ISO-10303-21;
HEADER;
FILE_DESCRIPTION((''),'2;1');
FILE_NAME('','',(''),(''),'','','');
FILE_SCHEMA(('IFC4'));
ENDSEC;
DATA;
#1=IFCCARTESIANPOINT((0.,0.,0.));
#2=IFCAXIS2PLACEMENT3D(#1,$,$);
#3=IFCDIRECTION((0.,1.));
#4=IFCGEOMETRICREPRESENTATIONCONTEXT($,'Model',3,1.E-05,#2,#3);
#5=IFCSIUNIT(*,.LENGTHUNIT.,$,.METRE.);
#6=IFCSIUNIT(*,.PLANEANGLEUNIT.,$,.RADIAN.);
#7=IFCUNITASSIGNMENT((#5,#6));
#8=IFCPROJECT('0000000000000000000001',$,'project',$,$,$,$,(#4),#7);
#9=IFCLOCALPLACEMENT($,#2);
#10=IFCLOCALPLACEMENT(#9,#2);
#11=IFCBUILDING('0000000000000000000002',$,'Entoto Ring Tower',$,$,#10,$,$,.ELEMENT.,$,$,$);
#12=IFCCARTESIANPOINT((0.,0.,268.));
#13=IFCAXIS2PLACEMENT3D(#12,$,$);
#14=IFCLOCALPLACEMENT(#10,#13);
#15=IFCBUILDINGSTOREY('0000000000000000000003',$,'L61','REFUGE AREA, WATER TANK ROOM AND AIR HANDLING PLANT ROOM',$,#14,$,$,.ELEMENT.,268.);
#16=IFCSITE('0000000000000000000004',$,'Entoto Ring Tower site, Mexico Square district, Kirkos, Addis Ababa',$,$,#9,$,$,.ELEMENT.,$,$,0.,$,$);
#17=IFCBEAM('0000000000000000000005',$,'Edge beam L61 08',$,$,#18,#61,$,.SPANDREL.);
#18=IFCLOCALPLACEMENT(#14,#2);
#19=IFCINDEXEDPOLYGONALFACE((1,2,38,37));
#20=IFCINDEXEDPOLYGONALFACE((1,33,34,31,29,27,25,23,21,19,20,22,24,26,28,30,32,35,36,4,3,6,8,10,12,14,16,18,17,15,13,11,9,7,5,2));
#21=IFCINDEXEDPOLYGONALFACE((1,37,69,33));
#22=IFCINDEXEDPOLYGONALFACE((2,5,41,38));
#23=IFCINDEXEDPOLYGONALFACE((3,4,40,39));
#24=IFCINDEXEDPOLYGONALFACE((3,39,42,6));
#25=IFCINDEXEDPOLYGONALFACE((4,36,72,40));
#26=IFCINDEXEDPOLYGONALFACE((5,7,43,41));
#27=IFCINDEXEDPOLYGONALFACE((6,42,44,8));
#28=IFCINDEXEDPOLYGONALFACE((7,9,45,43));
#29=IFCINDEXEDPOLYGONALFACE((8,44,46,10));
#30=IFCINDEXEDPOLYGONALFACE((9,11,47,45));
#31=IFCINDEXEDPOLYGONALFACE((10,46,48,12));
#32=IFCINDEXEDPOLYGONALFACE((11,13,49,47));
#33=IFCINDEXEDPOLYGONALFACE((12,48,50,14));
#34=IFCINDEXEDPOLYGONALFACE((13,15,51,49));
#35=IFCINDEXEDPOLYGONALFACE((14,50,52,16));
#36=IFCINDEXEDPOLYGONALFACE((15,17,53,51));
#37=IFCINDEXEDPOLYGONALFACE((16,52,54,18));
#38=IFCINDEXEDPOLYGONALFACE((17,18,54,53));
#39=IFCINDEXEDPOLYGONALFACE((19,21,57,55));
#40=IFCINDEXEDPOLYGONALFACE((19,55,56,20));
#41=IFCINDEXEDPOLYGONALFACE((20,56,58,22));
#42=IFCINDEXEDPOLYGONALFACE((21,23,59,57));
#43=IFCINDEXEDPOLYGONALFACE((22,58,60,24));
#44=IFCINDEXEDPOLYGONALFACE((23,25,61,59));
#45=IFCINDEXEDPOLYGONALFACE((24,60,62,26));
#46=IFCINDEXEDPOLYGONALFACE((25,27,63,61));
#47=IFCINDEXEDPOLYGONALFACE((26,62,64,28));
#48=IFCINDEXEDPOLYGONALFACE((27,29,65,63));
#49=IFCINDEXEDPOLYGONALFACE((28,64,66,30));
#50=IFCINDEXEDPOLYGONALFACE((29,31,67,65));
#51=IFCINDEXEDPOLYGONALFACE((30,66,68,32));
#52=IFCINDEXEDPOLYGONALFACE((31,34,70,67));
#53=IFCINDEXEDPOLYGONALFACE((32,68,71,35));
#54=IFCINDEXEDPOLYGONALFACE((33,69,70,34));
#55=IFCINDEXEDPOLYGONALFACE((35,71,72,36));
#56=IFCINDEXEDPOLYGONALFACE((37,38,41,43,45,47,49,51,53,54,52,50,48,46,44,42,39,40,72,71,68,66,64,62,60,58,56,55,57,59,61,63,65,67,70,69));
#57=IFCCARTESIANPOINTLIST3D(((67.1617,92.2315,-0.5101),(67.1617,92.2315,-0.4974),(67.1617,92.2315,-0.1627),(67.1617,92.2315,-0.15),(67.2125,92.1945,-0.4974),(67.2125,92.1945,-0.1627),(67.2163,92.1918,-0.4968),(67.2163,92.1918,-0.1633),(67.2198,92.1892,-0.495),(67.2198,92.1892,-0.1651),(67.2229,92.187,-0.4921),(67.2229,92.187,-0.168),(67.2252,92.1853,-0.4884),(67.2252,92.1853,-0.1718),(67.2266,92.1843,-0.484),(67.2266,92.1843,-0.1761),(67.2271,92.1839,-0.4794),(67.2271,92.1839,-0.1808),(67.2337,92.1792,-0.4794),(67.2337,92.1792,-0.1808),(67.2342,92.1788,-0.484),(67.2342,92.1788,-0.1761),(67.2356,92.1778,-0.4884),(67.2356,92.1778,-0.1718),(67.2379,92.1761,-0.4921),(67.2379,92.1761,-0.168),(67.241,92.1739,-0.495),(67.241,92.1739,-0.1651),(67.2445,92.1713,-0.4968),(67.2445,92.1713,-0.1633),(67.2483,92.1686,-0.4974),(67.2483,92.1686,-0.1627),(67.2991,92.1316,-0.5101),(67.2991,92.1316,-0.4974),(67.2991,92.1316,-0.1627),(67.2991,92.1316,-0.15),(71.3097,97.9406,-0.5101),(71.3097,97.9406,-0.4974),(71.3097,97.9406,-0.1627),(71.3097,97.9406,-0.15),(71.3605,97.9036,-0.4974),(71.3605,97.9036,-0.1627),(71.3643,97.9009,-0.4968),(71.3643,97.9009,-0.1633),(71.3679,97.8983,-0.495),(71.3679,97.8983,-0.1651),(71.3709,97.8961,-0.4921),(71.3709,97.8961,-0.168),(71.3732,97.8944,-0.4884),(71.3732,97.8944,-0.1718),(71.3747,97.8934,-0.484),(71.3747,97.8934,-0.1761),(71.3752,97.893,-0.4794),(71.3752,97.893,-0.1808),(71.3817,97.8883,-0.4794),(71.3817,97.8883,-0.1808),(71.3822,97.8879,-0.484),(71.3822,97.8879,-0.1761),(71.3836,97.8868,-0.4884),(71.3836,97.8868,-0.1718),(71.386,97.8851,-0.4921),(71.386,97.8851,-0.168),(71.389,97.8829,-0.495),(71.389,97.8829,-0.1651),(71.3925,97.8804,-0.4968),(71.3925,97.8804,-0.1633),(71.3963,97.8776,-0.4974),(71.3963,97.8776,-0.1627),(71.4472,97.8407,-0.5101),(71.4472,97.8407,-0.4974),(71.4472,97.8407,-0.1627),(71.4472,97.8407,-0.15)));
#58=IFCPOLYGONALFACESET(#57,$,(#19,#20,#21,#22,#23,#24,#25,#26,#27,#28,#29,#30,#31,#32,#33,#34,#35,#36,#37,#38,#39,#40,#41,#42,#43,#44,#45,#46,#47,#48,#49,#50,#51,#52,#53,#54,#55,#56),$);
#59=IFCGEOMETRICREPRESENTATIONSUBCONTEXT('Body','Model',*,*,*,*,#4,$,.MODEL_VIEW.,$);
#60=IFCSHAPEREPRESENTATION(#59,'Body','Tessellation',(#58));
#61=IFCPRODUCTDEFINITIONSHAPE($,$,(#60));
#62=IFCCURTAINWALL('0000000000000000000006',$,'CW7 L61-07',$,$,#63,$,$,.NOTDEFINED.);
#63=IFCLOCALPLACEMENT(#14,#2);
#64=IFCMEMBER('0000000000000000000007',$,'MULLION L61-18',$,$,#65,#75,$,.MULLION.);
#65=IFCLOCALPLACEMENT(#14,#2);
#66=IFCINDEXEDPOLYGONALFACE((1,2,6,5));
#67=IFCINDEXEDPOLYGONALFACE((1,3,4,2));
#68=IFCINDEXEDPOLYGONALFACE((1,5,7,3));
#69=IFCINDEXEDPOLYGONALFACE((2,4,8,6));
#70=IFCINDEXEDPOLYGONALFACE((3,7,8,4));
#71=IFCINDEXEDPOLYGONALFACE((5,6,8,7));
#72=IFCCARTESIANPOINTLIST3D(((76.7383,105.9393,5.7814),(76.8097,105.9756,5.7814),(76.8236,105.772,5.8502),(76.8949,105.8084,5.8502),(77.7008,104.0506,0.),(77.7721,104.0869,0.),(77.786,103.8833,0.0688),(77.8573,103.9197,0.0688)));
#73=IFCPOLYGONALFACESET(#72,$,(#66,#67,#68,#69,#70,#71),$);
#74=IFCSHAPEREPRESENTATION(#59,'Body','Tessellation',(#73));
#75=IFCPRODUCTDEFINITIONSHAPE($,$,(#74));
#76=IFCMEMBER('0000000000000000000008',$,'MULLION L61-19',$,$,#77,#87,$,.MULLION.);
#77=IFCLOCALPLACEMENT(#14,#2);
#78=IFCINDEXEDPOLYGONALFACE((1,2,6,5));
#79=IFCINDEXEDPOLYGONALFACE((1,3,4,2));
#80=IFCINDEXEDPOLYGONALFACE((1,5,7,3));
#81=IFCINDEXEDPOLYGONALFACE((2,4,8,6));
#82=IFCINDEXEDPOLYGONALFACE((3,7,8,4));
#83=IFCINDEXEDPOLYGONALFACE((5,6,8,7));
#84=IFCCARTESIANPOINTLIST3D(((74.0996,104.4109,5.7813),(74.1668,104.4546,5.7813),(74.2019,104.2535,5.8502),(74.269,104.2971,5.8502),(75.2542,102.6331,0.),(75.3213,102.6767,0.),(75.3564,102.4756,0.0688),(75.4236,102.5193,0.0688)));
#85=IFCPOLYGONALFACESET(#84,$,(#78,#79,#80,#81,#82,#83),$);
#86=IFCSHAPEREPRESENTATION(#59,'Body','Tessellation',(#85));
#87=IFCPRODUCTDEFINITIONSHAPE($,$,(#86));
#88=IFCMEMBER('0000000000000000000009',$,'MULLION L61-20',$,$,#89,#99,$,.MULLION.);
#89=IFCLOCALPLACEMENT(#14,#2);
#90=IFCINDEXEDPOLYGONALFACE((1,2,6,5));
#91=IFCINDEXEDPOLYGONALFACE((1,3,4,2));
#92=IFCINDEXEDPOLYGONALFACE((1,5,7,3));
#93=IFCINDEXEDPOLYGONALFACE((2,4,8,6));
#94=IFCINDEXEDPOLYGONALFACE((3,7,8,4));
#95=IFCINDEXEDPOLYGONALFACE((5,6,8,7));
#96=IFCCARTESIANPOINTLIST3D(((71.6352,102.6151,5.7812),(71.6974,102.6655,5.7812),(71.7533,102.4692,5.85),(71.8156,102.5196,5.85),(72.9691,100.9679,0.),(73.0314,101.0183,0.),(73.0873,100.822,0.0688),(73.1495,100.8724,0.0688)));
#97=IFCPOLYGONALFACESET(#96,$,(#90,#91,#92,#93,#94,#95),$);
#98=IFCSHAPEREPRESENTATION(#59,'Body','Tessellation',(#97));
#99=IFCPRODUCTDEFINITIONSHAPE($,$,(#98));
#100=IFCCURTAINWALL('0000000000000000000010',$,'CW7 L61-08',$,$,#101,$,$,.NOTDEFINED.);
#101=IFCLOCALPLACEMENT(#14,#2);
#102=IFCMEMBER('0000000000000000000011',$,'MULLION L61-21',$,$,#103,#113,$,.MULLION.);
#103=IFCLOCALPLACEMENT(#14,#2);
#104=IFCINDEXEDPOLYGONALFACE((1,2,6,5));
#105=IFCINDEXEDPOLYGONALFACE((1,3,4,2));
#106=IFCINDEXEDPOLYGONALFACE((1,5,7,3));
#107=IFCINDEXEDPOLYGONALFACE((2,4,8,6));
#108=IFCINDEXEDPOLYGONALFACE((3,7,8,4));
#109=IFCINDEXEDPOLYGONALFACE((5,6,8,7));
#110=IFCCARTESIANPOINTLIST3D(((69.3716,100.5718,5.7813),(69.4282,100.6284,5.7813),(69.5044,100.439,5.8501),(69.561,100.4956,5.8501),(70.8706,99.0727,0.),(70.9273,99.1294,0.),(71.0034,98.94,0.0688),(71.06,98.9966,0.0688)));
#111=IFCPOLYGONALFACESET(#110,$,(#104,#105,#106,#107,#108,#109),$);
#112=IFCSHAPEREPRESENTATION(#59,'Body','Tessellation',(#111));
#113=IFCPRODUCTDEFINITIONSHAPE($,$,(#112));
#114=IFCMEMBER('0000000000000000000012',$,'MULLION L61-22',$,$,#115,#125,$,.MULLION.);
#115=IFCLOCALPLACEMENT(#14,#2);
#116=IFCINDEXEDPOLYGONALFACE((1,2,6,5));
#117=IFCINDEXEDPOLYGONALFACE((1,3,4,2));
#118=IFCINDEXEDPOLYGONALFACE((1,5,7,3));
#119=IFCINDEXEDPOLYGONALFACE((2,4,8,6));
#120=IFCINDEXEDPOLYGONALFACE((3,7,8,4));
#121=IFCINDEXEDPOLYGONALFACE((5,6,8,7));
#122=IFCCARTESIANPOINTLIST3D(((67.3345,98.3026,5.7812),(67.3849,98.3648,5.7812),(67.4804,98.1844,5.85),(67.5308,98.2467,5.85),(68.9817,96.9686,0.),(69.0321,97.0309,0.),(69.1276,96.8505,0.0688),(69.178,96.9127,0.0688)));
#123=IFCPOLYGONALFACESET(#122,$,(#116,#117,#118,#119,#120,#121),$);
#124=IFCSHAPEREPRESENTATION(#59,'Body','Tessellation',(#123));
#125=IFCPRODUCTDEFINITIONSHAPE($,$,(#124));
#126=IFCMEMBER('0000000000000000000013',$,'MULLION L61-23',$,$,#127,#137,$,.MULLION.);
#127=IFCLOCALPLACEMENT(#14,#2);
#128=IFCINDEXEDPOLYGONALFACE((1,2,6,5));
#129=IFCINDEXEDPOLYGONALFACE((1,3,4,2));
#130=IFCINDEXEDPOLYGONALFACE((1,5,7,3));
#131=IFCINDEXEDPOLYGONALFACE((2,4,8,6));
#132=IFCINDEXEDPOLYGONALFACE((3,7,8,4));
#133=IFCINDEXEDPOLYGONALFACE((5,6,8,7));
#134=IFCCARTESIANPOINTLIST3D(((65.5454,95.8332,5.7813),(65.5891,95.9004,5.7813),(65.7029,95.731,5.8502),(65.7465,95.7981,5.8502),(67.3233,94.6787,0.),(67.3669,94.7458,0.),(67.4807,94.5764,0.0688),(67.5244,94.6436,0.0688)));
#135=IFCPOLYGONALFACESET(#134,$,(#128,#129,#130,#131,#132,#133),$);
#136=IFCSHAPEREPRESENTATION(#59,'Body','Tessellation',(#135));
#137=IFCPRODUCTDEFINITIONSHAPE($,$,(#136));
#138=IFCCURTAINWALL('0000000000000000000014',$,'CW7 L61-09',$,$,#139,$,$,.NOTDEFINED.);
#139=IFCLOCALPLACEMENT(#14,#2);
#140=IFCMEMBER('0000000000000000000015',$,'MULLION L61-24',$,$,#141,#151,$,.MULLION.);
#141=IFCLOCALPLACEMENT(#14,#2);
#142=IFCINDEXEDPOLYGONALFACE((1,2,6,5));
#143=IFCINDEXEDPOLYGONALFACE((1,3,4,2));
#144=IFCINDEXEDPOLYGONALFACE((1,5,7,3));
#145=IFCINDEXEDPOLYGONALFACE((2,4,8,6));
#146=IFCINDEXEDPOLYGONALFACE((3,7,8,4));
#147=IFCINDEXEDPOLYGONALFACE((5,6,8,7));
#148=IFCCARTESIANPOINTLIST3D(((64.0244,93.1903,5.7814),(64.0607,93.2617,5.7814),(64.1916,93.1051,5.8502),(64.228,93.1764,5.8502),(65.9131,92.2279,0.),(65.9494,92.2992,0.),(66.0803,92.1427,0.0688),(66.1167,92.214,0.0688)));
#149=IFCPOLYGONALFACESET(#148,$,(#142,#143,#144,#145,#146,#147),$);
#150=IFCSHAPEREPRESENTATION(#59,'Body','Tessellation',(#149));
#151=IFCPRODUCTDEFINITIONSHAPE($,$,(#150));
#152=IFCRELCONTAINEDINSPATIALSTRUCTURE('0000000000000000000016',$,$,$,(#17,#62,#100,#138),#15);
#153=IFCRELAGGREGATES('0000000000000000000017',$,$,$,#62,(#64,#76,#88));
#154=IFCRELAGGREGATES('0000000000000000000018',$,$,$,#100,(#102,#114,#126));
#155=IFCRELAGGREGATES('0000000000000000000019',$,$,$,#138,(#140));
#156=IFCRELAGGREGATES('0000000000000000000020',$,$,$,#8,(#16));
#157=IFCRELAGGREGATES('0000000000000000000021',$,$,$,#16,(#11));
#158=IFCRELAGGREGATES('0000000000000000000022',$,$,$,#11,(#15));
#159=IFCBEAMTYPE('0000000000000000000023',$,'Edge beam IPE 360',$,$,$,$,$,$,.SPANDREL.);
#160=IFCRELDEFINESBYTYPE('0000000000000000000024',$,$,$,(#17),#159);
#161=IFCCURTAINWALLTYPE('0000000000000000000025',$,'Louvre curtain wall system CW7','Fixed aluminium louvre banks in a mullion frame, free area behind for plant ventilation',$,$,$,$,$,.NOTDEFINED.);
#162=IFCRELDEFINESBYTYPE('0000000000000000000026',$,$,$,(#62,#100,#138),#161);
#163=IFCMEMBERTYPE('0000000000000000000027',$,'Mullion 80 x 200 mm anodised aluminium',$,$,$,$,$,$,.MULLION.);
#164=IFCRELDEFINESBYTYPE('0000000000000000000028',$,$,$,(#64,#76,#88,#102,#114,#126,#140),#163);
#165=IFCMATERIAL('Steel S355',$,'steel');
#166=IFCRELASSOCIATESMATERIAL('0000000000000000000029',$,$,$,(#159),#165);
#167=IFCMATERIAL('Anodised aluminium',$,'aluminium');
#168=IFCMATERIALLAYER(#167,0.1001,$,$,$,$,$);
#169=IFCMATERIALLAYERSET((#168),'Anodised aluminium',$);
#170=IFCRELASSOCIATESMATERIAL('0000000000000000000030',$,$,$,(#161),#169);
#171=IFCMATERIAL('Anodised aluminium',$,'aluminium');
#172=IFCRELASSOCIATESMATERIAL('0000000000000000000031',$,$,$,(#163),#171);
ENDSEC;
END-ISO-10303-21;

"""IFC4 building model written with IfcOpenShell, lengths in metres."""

from ifc_helpers import new_model, si_unit, direction, frame, origin, origin_2d, place, context, subcontext, project, spatial, rectangle, i_section, extrude, material, layer, layer_set, material_profile, profile_set, type_object, element, aggregate, save


model = new_model("IFC4")

# Units and contexts
model_context = context("Model", 3, precision=1e-05, world=origin(), true_north=direction((0.0, 1.0)))
body_context = subcontext(model_context, "Body", "Model", "MODEL_VIEW")
ifc_project = project(units=[si_unit("LENGTHUNIT", "METRE"), si_unit("PLANEANGLEUNIT", "RADIAN")], contexts=[model_context])

# Site, building, storey
site_placement = place(None, origin())
site = spatial("IfcSite", under=ifc_project, at=site_placement, Name="Entoto Ring Tower site, Mexico Square district, Kirkos, Addis Ababa", CompositionType="ELEMENT", RefElevation=0.0)
building_placement = place(site_placement, origin())
building = spatial("IfcBuilding", under=site, at=building_placement, Name="Entoto Ring Tower", CompositionType="ELEMENT")
storey_placement = place(building_placement, frame((0.0, 0.0, 268.0)))
storey = spatial("IfcBuildingStorey", under=building, at=storey_placement, Name="L61", Description="REFUGE AREA, WATER TANK ROOM AND AIR HANDLING PLANT ROOM", CompositionType="ELEMENT", Elevation=268.0)

# Beam
ifc_material_1 = material(Name="Steel S355", Category="steel")
ifc_material_profile_1 = material_profile(ifc_material_1, i_section(OverallWidth=0.1699, OverallDepth=0.3601, WebThickness=0.0081, FlangeThickness=0.0127, FilletRadius=0.0181, at=origin_2d()), Name="IPE 360")
ifc_profile_set_1 = profile_set([ifc_material_profile_1], Name="Steel S355")
beam_type = type_object("IfcBeamType", Name="Edge beam IPE 360", PredefinedType="SPANDREL", material=ifc_profile_set_1)
beam_placement = place(storey_placement, frame((71.3784, 97.8906, -0.3301), z_axis=(-0.587797, -0.809008, 0.0), x_axis=(0.809008, -0.587797, 0.0)))
element("IfcBeam", 1, at=beam_placement, inside=storey, type_object=beam_type, Name="Edge beam L61 08", PredefinedType="SPANDREL", context=body_context, shape_type="SweptSolid", body=[
    extrude(i_section(OverallWidth=0.1699, OverallDepth=0.3601, WebThickness=0.0081, FlangeThickness=0.0127, FilletRadius=0.0181, at=origin_2d()), origin(), (0.0, 0.0, 1.0), 7.0569),
])

# Curtain walls, members
ifc_material_2 = material(Name="Anodised aluminium", Category="aluminium")
ifc_layer_1 = layer(ifc_material_2, 0.1001)
ifc_layer_set_1 = layer_set([ifc_layer_1], Name="Anodised aluminium")
curtain_wall_type = type_object("IfcCurtainWallType", Name="Louvre curtain wall system CW7", Description="Fixed aluminium louvre banks in a mullion frame, free area behind for plant ventilation", PredefinedType="NOTDEFINED", material=ifc_layer_set_1)
curtain_wall_1_placement = place(storey_placement, origin())
curtain_wall_1 = element("IfcCurtainWall", 2, at=curtain_wall_1_placement, inside=storey, type_object=curtain_wall_type, Name="CW7 L61-07", PredefinedType="NOTDEFINED")
ifc_material_3 = material(Name="Anodised aluminium", Category="aluminium")
ifc_material_profile_2 = material_profile(ifc_material_3, rectangle(XDim=0.0801, YDim=0.2, at=origin_2d()), Name="Mullion 80 x 200 mm anodised aluminium")
ifc_profile_set_2 = profile_set([ifc_material_profile_2], Name="Anodised aluminium")
member_type_1 = type_object("IfcMemberType", Name="Mullion 80 x 200 mm anodised aluminium", PredefinedType="MULLION", material=ifc_profile_set_2)
member_1_placement = place(storey_placement, frame((77.7791, 103.9851, 0.0344), z_axis=(-0.156295, 0.306722, 0.938879), x_axis=(-0.890992, -0.454019, 0.0)))
member_1 = element("IfcMember", 3, at=member_1_placement, type_object=member_type_1, Name="MULLION L61-18", PredefinedType="MULLION", context=body_context, shape_type="SweptSolid", body=[
    extrude(rectangle(XDim=0.0801, YDim=0.2, at=origin_2d()), origin(), (0.0, 0.0, 1.0), 6.1577),
])
member_2_placement = place(storey_placement, frame((75.3389, 102.5762, 0.0344), z_axis=(-0.187497, 0.28872, 0.938875), x_axis=(-0.83867, -0.54464, 0.0)))
member_2 = element("IfcMember", 4, at=member_2_placement, type_object=member_type_1, Name="MULLION L61-19", PredefinedType="MULLION", context=body_context, shape_type="SweptSolid", body=[
    extrude(rectangle(XDim=0.0801, YDim=0.2, at=origin_2d()), origin(), (0.0, 0.0, 1.0), 6.1577),
])
member_3_placement = place(storey_placement, frame((73.0593, 100.9202, 0.0344), z_axis=(-0.216641, 0.267511, 0.938885), x_axis=(-0.777124, -0.629347, 0.0)))
member_3 = element("IfcMember", 5, at=member_3_placement, type_object=member_type_1, Name="MULLION L61-20", PredefinedType="MULLION", context=body_context, shape_type="SweptSolid", body=[
    extrude(rectangle(XDim=0.0801, YDim=0.2, at=origin_2d()), origin(), (0.0, 0.0, 1.0), 6.1575),
])
aggregate(curtain_wall_1, [member_1, member_2, member_3])
curtain_wall_2_placement = place(storey_placement, origin())
curtain_wall_2 = element("IfcCurtainWall", 6, at=curtain_wall_2_placement, inside=storey, type_object=curtain_wall_type, Name="CW7 L61-08", PredefinedType="NOTDEFINED")
member_4_placement = place(storey_placement, frame((70.9653, 99.0347, 0.0344), z_axis=(-0.24344, 0.24344, 0.938869), x_axis=(-0.707107, -0.707107, 0.0)))
member_4 = element("IfcMember", 7, at=member_4_placement, type_object=member_type_1, Name="MULLION L61-21", PredefinedType="MULLION", context=body_context, shape_type="SweptSolid", body=[
    extrude(rectangle(XDim=0.0801, YDim=0.2, at=origin_2d()), origin(), (0.0, 0.0, 1.0), 6.1577),
])
member_5_placement = place(storey_placement, frame((69.0798, 96.9407, 0.0344), z_axis=(-0.267511, 0.216641, 0.938885), x_axis=(-0.629347, -0.777124, 0.0)))
member_5 = element("IfcMember", 8, at=member_5_placement, type_object=member_type_1, Name="MULLION L61-22", PredefinedType="MULLION", context=body_context, shape_type="SweptSolid", body=[
    extrude(rectangle(XDim=0.0801, YDim=0.2, at=origin_2d()), origin(), (0.0, 0.0, 1.0), 6.1575),
])
member_6_placement = place(storey_placement, frame((67.4238, 94.6611, 0.0344), z_axis=(-0.28872, 0.187497, 0.938875), x_axis=(-0.54464, -0.83867, 0.0)))
member_6 = element("IfcMember", 9, at=member_6_placement, type_object=member_type_1, Name="MULLION L61-23", PredefinedType="MULLION", context=body_context, shape_type="SweptSolid", body=[
    extrude(rectangle(XDim=0.0801, YDim=0.2, at=origin_2d()), origin(), (0.0, 0.0, 1.0), 6.1577),
])
aggregate(curtain_wall_2, [member_4, member_5, member_6])

# Curtain wall, member
curtain_wall_3_placement = place(storey_placement, origin())
curtain_wall_3 = element("IfcCurtainWall", 10, at=curtain_wall_3_placement, inside=storey, type_object=curtain_wall_type, Name="CW7 L61-09", PredefinedType="NOTDEFINED")
member_7_placement = place(storey_placement, frame((66.0149, 92.2209, 0.0344), z_axis=(-0.306722, 0.156295, 0.938879), x_axis=(-0.454019, -0.890992, 0.0)))
member_7 = element("IfcMember", 11, at=member_7_placement, type_object=member_type_1, Name="MULLION L61-24", PredefinedType="MULLION", context=body_context, shape_type="SweptSolid", body=[
    extrude(rectangle(XDim=0.0801, YDim=0.2, at=origin_2d()), origin(), (0.0, 0.0, 1.0), 6.1577),
])
aggregate(curtain_wall_3, [member_7])

save(model, "model.ifc")
